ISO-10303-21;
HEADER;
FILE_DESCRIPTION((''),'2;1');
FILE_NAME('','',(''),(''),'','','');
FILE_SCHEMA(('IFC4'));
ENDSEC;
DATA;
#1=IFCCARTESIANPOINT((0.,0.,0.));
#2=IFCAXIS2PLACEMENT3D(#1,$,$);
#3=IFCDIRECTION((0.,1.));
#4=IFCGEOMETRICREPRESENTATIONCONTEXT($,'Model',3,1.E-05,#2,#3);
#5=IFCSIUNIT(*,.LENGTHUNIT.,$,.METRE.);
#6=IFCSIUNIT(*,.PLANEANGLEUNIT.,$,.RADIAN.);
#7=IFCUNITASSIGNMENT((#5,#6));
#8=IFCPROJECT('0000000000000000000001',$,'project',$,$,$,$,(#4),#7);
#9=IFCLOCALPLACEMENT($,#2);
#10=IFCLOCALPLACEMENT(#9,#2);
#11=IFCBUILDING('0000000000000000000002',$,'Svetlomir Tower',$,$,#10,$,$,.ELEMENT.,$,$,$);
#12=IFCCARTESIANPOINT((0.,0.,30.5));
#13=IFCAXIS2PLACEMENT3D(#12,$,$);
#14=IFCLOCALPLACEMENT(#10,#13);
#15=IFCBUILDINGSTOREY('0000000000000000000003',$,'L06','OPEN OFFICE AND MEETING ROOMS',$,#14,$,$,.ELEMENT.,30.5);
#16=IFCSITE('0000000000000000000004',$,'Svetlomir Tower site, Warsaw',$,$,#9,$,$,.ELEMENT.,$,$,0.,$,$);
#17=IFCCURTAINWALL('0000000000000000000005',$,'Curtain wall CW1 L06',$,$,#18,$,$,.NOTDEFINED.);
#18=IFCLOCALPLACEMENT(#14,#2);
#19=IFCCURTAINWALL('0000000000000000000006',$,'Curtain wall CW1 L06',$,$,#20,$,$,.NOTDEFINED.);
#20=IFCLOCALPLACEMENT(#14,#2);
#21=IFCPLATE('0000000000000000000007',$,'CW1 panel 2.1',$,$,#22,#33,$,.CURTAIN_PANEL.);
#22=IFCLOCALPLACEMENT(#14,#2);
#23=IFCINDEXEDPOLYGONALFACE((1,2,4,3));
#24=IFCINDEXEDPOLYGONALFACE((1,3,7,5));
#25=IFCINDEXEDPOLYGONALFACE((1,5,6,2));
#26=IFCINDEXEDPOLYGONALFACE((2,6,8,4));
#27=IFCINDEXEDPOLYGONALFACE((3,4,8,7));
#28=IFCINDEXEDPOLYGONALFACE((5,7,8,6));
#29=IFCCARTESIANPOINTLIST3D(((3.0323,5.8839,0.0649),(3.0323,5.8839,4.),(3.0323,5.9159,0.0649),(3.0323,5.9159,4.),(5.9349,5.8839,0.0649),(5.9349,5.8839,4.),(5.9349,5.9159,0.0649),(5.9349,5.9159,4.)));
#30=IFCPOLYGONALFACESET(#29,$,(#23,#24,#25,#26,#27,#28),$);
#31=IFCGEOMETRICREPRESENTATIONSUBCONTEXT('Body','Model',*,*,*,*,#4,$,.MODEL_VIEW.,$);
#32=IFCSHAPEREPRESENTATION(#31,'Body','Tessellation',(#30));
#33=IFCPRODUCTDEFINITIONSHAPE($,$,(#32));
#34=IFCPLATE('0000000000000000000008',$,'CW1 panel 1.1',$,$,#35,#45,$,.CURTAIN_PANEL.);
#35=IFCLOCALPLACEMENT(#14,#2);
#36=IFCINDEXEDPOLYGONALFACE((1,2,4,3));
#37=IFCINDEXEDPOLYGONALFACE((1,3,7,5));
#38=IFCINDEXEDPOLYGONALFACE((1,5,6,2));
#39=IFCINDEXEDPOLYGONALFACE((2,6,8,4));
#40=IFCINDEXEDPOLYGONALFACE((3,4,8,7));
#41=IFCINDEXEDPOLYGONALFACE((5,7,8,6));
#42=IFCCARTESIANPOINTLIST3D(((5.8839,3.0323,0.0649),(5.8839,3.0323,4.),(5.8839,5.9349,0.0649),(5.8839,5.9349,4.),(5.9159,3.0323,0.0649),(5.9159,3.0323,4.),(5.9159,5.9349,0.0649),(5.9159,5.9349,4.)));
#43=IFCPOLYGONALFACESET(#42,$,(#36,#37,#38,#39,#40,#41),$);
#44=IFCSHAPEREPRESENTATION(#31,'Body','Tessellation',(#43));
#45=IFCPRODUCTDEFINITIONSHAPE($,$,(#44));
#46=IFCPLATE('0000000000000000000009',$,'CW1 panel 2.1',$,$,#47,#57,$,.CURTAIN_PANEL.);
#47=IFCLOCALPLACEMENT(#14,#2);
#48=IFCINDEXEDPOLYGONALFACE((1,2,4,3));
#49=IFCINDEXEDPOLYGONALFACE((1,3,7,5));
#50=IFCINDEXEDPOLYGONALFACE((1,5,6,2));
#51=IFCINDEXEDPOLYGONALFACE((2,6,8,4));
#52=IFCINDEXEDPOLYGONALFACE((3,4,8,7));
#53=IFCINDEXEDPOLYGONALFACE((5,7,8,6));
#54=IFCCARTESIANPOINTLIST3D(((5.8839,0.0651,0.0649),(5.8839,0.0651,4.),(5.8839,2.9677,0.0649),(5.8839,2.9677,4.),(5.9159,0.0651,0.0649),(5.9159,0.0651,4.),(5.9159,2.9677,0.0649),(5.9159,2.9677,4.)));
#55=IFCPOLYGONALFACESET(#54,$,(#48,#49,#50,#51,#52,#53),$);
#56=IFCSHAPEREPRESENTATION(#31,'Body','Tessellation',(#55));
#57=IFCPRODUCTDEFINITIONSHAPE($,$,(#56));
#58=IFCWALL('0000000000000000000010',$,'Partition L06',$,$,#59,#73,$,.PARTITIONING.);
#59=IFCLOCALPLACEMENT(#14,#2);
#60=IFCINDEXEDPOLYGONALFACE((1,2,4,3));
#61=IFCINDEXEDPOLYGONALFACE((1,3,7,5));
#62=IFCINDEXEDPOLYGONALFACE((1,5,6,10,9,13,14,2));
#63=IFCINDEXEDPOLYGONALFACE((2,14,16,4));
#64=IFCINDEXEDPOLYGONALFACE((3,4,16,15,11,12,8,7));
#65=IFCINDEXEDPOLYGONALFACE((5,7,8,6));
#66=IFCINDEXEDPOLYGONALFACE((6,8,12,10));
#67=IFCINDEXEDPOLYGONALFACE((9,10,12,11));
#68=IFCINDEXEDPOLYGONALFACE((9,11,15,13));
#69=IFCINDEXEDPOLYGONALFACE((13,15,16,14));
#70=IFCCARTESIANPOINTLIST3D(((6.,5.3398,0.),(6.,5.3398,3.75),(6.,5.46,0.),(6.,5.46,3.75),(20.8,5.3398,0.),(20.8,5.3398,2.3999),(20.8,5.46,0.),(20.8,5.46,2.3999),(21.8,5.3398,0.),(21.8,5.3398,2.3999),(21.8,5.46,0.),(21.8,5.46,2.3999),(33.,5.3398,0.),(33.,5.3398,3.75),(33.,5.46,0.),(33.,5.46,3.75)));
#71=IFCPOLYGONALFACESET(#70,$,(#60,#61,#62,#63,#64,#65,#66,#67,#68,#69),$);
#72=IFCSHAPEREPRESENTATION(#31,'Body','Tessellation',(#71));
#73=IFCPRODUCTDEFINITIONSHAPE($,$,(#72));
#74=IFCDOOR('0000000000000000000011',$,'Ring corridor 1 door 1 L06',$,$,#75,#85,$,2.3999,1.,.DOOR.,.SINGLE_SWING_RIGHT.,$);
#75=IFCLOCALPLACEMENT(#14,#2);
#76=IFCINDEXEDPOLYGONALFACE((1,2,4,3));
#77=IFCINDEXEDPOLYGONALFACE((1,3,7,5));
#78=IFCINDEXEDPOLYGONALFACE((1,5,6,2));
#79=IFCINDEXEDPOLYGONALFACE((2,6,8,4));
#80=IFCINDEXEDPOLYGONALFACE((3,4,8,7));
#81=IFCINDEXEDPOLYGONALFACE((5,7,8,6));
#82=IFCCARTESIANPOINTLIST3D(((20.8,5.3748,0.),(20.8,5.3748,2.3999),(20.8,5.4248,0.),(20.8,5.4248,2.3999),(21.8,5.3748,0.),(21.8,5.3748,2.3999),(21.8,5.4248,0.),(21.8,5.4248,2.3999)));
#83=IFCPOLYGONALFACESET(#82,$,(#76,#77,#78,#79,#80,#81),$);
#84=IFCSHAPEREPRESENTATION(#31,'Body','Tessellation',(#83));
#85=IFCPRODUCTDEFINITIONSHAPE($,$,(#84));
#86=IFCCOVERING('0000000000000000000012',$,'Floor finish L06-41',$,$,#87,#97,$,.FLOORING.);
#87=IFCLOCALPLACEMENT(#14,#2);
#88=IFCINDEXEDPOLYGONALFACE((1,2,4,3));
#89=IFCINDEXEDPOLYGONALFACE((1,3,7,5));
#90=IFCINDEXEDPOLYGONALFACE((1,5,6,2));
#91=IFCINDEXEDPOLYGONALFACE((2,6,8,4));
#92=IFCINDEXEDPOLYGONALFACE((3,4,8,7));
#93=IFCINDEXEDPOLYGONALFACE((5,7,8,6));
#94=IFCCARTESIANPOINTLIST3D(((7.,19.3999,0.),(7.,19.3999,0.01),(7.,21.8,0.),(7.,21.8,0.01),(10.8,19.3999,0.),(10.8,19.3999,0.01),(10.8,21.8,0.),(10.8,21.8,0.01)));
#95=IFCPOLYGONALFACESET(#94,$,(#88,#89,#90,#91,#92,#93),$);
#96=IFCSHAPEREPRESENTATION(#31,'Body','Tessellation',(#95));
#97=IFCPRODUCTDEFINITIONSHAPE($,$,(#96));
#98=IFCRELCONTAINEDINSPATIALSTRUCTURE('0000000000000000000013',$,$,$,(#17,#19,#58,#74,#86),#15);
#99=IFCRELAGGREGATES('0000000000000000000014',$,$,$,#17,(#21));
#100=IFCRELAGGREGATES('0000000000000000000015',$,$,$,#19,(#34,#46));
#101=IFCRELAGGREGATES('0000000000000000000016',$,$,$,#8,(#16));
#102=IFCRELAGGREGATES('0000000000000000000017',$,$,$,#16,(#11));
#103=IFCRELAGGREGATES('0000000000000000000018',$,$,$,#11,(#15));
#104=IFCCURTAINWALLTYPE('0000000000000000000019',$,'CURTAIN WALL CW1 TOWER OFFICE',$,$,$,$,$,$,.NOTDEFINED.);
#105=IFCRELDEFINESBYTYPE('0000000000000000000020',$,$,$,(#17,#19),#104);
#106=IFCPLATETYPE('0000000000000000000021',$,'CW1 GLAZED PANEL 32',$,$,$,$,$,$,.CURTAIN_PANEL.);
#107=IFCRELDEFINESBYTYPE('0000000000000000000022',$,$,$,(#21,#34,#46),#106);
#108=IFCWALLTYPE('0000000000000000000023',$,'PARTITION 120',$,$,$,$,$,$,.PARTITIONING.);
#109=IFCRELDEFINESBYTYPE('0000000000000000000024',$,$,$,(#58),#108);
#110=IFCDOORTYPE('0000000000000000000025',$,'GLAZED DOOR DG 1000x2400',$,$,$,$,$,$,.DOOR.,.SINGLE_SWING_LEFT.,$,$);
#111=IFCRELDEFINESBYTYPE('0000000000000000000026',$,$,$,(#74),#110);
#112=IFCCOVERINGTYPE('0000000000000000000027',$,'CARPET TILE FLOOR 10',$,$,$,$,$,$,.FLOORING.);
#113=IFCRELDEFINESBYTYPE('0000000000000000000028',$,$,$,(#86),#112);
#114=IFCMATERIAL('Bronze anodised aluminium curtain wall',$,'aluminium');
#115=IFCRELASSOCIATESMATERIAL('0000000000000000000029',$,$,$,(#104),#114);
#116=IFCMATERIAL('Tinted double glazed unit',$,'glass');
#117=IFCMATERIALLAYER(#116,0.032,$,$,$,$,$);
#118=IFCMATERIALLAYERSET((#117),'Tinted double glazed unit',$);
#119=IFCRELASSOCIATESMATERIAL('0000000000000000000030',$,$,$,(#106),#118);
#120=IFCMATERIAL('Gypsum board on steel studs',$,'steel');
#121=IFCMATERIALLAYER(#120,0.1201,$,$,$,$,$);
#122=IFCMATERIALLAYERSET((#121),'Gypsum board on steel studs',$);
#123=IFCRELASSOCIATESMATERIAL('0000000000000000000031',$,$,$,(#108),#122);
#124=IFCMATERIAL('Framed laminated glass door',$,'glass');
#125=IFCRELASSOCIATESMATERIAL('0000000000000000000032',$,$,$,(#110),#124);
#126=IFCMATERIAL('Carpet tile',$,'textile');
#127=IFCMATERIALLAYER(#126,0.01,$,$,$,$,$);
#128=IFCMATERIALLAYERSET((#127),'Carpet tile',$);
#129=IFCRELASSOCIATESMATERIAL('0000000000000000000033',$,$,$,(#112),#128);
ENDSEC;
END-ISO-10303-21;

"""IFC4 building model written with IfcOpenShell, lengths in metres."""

from ifc_helpers import new_model, si_unit, direction, frame, frame_2d, origin, origin_2d, place, context, subcontext, project, spatial, polyline, rectangle, outline, extrude, material, layer, layer_set, type_object, element, fill, aggregate, save


model = new_model("IFC4")

# Units and contexts
model_context = context("Model", 3, precision=1e-05, world=origin(), true_north=direction((0.0, 1.0)))
body_context = subcontext(model_context, "Body", "Model", "MODEL_VIEW")
ifc_project = project(units=[si_unit("LENGTHUNIT", "METRE"), si_unit("PLANEANGLEUNIT", "RADIAN")], contexts=[model_context])

# Site, building, storey
site_placement = place(None, origin())
site = spatial("IfcSite", under=ifc_project, at=site_placement, Name="Svetlomir Tower site, Warsaw", CompositionType="ELEMENT", RefElevation=0.0)
building_placement = place(site_placement, origin())
building = spatial("IfcBuilding", under=site, at=building_placement, Name="Svetlomir Tower", CompositionType="ELEMENT")
storey_placement = place(building_placement, frame((0.0, 0.0, 30.5)))
storey = spatial("IfcBuildingStorey", under=building, at=storey_placement, Name="L06", Description="OPEN OFFICE AND MEETING ROOMS", CompositionType="ELEMENT", Elevation=30.5)

# Curtain walls
ifc_material_1 = material(Name="Bronze anodised aluminium curtain wall", Category="aluminium")
curtain_wall_type = type_object("IfcCurtainWallType", Name="CURTAIN WALL CW1 TOWER OFFICE", PredefinedType="NOTDEFINED", material=ifc_material_1)
curtain_wall_1_placement = place(storey_placement, origin())
curtain_wall_1 = element("IfcCurtainWall", 1, at=curtain_wall_1_placement, inside=storey, type_object=curtain_wall_type, Name="Curtain wall CW1 L06", PredefinedType="NOTDEFINED")
curtain_wall_2_placement = place(storey_placement, origin())
curtain_wall_2 = element("IfcCurtainWall", 2, at=curtain_wall_2_placement, inside=storey, type_object=curtain_wall_type, Name="Curtain wall CW1 L06", PredefinedType="NOTDEFINED")

# Plates
ifc_material_2 = material(Name="Tinted double glazed unit", Category="glass")
ifc_layer_1 = layer(ifc_material_2, 0.032)
ifc_layer_set_1 = layer_set([ifc_layer_1], Name="Tinted double glazed unit")
plate_type = type_object("IfcPlateType", Name="CW1 GLAZED PANEL 32", PredefinedType="CURTAIN_PANEL", material=ifc_layer_set_1)
plate_1_placement = place(storey_placement, frame((4.4836, 5.8999, 0.0649), z_axis=(0.0, 0.0, 1.0), x_axis=(1.0, 0.0, 0.0)))
plate_1 = element("IfcPlate", 3, at=plate_1_placement, type_object=plate_type, Name="CW1 panel 2.1", PredefinedType="CURTAIN_PANEL", context=body_context, shape_type="SweptSolid", body=[
    extrude(rectangle(XDim=2.9026, YDim=0.032, at=origin_2d()), origin(), (0.0, 0.0, 1.0), 3.9351),
])
aggregate(curtain_wall_1, [plate_1])
plate_2_placement = place(storey_placement, frame((5.8999, 4.4836, 0.0649), z_axis=(0.0, 0.0, 1.0), x_axis=(0.0, -1.0, 0.0)))
plate_2 = element("IfcPlate", 4, at=plate_2_placement, type_object=plate_type, Name="CW1 panel 1.1", PredefinedType="CURTAIN_PANEL", context=body_context, shape_type="SweptSolid", body=[
    extrude(rectangle(XDim=2.9026, YDim=0.032, at=origin_2d()), origin(), (0.0, 0.0, 1.0), 3.9351),
])
plate_3_placement = place(storey_placement, frame((5.8999, 1.5164, 0.0649), z_axis=(0.0, 0.0, 1.0), x_axis=(0.0, -1.0, 0.0)))
plate_3 = element("IfcPlate", 5, at=plate_3_placement, type_object=plate_type, Name="CW1 panel 2.1", PredefinedType="CURTAIN_PANEL", context=body_context, shape_type="SweptSolid", body=[
    extrude(rectangle(XDim=2.9026, YDim=0.032, at=origin_2d()), origin(), (0.0, 0.0, 1.0), 3.9351),
])
aggregate(curtain_wall_2, [plate_2, plate_3])

# Wall, opening, door
ifc_material_3 = material(Name="Gypsum board on steel studs", Category="steel")
ifc_layer_2 = layer(ifc_material_3, 0.1201)
ifc_layer_set_2 = layer_set([ifc_layer_2], Name="Gypsum board on steel studs")
wall_type = type_object("IfcWallType", Name="PARTITION 120", PredefinedType="PARTITIONING", material=ifc_layer_set_2)
wall_placement = place(storey_placement, frame((6.0, 5.3999, 0.0), z_axis=(0.0, 0.0, 1.0), x_axis=(1.0, 0.0, 0.0)))
wall = element("IfcWall", 6, at=wall_placement, inside=storey, type_object=wall_type, Name="Partition L06", PredefinedType="PARTITIONING", context=body_context, shape_type="SweptSolid", body=[
    extrude(rectangle(XDim=27.0, YDim=0.1201, at=frame_2d((13.5, 0.0))), origin(), (0.0, 0.0, 1.0), 3.75),
])
opening_placement = place(wall_placement, frame((14.8, 0.0, 0.0)))
opening = element("IfcOpeningElement", 7, at=opening_placement, cuts=wall, PredefinedType="OPENING", context=body_context, shape_type="SweptSolid", body=[
    extrude(rectangle(XDim=1.0, YDim=2.3999, at=frame_2d((0.5, 1.2))), frame((0.0, 0.0701, 0.0), z_axis=(0.0, -1.0, 0.0), x_axis=(1.0, 0.0, 0.0)), (0.0, 0.0, 1.0), 0.1401),
])
ifc_material_4 = material(Name="Framed laminated glass door", Category="glass")
door_type = type_object("IfcDoorType", Name="GLAZED DOOR DG 1000x2400", OperationType="SINGLE_SWING_LEFT", PredefinedType="DOOR", material=ifc_material_4)
door_placement = place(opening_placement, origin())
door = element("IfcDoor", 8, at=door_placement, inside=storey, type_object=door_type, Name="Ring corridor 1 door 1 L06", OperationType="SINGLE_SWING_RIGHT", OverallHeight=2.3999, OverallWidth=1.0, PredefinedType="DOOR", context=body_context, shape_type="SweptSolid", body=[
    extrude(rectangle(XDim=1.0, YDim=2.3999, at=frame_2d((0.5, 1.2))), frame((0.0, 0.0249, 0.0), z_axis=(0.0, -1.0, 0.0), x_axis=(1.0, 0.0, 0.0)), (0.0, 0.0, 1.0), 0.05),
])
fill(opening, door)

# Covering
ifc_material_5 = material(Name="Carpet tile", Category="textile")
ifc_layer_3 = layer(ifc_material_5, 0.01)
ifc_layer_set_3 = layer_set([ifc_layer_3], Name="Carpet tile")
covering_type = type_object("IfcCoveringType", Name="CARPET TILE FLOOR 10", PredefinedType="FLOORING", material=ifc_layer_set_3)
covering_placement = place(storey_placement, origin())
element("IfcCovering", 9, at=covering_placement, inside=storey, type_object=covering_type, Name="Floor finish L06-41", PredefinedType="FLOORING", context=body_context, shape_type="SweptSolid", body=[
    extrude(outline(polyline([(7.0, 19.3999), (7.0, 21.8), (10.8, 21.8), (10.8, 19.3999), (7.0, 19.3999)])), origin(), (0.0, 0.0, 1.0), 0.01),
])

save(model, "model.ifc")
